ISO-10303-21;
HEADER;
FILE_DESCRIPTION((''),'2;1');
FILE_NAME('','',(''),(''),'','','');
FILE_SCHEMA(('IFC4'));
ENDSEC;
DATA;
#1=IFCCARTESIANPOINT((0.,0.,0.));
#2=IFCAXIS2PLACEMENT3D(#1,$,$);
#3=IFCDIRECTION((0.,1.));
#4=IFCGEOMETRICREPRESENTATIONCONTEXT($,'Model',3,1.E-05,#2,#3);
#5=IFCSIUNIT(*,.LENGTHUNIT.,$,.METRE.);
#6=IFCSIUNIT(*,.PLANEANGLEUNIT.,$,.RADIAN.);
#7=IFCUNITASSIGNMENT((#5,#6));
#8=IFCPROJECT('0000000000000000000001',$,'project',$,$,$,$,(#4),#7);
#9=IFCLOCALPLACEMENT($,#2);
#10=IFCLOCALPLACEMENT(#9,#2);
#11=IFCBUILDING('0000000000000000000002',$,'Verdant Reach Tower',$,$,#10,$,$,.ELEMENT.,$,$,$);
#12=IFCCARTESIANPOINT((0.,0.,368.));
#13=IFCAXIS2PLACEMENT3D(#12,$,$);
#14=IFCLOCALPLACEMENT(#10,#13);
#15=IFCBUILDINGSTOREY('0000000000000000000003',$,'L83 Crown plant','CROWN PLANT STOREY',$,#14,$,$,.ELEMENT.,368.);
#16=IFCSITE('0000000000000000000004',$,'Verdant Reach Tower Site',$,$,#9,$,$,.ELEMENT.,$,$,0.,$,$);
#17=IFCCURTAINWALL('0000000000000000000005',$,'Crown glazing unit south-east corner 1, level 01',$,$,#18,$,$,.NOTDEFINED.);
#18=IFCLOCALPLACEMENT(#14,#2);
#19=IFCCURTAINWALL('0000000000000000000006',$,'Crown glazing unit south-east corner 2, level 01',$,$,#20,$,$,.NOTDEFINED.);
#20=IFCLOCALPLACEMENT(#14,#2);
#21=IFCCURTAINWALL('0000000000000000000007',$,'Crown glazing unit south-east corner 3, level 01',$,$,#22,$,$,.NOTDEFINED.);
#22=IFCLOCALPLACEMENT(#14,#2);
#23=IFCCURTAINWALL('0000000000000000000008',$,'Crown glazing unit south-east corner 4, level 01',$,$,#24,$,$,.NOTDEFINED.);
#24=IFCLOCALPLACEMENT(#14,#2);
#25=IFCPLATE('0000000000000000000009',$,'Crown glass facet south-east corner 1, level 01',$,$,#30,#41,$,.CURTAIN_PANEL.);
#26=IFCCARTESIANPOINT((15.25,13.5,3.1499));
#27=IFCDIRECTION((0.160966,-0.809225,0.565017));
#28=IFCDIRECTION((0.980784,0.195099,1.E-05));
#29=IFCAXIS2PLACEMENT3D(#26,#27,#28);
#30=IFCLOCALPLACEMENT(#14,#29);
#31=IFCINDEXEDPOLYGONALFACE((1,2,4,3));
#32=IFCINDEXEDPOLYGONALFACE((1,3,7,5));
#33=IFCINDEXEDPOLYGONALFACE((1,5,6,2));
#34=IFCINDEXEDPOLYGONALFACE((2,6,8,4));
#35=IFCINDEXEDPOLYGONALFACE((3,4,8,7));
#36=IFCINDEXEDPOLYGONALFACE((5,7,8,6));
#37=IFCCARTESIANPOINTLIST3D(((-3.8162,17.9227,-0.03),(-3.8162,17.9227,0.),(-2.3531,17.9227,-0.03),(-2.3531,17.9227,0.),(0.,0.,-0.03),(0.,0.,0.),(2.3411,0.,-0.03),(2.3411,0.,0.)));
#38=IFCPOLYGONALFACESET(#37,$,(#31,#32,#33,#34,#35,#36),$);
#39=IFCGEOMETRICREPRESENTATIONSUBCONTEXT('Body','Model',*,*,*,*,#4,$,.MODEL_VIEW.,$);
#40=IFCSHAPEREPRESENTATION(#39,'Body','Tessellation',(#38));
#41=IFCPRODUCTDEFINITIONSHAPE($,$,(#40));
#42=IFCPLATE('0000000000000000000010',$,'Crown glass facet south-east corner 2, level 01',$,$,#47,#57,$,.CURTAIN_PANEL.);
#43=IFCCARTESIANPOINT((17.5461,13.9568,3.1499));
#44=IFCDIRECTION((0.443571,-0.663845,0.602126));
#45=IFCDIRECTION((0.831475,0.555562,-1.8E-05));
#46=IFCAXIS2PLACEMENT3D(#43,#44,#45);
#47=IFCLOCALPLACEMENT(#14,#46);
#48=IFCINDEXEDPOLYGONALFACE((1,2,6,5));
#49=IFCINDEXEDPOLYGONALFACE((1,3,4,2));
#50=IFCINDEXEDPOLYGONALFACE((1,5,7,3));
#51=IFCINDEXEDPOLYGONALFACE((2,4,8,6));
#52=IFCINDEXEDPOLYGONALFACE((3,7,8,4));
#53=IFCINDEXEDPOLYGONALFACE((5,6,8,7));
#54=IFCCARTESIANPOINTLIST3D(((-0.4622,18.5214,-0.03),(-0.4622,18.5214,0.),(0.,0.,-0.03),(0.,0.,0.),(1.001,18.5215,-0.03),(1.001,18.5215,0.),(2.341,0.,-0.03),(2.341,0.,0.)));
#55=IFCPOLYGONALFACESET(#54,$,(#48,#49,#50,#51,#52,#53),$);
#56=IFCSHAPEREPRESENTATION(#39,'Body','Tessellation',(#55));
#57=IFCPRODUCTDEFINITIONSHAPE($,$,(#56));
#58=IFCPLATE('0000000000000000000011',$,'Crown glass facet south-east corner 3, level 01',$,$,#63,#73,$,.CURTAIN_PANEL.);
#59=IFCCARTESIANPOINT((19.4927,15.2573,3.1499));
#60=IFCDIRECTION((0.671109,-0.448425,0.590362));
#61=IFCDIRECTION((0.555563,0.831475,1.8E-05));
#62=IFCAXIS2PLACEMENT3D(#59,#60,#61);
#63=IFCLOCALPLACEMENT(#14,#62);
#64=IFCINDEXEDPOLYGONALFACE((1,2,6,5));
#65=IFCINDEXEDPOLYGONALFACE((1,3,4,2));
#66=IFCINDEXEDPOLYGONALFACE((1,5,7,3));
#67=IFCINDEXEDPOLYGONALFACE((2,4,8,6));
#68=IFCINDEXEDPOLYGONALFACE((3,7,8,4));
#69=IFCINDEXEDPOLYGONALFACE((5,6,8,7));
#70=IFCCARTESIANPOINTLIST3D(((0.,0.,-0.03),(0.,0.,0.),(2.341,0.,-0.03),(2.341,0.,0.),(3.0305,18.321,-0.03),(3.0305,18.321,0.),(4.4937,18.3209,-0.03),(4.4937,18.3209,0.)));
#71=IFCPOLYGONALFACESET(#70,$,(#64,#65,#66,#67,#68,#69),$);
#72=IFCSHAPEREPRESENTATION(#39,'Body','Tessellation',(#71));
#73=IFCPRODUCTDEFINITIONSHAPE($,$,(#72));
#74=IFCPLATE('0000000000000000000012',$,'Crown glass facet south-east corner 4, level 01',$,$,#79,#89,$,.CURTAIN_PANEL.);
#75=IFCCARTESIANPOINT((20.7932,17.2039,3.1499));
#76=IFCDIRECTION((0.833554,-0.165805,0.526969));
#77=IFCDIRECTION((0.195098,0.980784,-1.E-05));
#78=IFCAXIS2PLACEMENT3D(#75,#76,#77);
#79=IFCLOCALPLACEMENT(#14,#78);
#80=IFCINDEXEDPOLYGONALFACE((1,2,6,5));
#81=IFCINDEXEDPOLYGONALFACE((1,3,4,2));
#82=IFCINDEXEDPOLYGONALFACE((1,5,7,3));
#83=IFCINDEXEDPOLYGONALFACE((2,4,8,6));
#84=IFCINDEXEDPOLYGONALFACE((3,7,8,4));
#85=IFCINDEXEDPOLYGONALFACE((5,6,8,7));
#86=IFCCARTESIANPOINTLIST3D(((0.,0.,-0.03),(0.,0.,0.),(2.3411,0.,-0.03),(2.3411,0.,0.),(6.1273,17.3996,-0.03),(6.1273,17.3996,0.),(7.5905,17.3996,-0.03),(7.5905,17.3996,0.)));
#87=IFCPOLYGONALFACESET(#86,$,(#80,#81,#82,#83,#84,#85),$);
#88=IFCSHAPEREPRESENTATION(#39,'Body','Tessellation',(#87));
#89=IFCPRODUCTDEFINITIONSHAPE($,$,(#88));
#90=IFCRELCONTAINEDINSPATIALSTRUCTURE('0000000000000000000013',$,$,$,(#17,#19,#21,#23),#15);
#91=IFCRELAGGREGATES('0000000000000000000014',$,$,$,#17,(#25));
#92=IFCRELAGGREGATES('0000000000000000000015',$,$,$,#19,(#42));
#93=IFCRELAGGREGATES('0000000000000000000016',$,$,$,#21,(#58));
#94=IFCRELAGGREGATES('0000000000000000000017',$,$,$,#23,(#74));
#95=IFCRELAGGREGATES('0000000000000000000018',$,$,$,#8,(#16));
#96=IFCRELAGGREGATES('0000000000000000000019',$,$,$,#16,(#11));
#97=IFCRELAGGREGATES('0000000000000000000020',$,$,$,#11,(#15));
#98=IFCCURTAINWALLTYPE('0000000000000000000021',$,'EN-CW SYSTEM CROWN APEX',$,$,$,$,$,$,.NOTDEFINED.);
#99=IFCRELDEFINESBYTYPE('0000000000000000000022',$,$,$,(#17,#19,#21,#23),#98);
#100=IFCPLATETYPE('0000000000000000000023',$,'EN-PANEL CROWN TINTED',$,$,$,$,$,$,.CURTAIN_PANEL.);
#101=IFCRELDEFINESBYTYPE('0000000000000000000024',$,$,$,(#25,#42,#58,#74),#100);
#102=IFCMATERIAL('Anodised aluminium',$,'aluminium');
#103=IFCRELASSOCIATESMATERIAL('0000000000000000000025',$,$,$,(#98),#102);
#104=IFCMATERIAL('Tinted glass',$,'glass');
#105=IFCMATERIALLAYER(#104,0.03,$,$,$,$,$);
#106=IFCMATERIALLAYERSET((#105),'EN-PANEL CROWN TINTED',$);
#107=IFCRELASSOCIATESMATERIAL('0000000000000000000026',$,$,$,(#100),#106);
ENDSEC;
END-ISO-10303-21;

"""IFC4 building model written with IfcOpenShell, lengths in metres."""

from ifc_helpers import new_model, si_unit, direction, frame, origin, place, context, subcontext, project, spatial, polyline, outline, extrude, material, layer, layer_set, type_object, element, aggregate, save


model = new_model("IFC4")

# Units and contexts
model_context = context("Model", 3, precision=1e-05, world=origin(), true_north=direction((0.0, 1.0)))
body_context = subcontext(model_context, "Body", "Model", "MODEL_VIEW")
ifc_project = project(units=[si_unit("LENGTHUNIT", "METRE"), si_unit("PLANEANGLEUNIT", "RADIAN")], contexts=[model_context])

# Site, building, storey
site_placement = place(None, origin())
site = spatial("IfcSite", under=ifc_project, at=site_placement, Name="Verdant Reach Tower Site", CompositionType="ELEMENT", RefElevation=0.0)
building_placement = place(site_placement, origin())
building = spatial("IfcBuilding", under=site, at=building_placement, Name="Verdant Reach Tower", CompositionType="ELEMENT")
storey_placement = place(building_placement, frame((0.0, 0.0, 368.0)))
storey = spatial("IfcBuildingStorey", under=building, at=storey_placement, Name="L83 Crown plant", Description="CROWN PLANT STOREY", CompositionType="ELEMENT", Elevation=368.0)

# Curtain walls
ifc_material_1 = material(Name="Anodised aluminium", Category="aluminium")
curtain_wall_type = type_object("IfcCurtainWallType", Name="EN-CW SYSTEM CROWN APEX", PredefinedType="NOTDEFINED", material=ifc_material_1)
curtain_wall_1_placement = place(storey_placement, origin())
curtain_wall_1 = element("IfcCurtainWall", 1, at=curtain_wall_1_placement, inside=storey, type_object=curtain_wall_type, Name="Crown glazing unit south-east corner 1, level 01", PredefinedType="NOTDEFINED")
curtain_wall_2_placement = place(storey_placement, origin())
curtain_wall_2 = element("IfcCurtainWall", 2, at=curtain_wall_2_placement, inside=storey, type_object=curtain_wall_type, Name="Crown glazing unit south-east corner 2, level 01", PredefinedType="NOTDEFINED")
curtain_wall_3_placement = place(storey_placement, origin())
curtain_wall_3 = element("IfcCurtainWall", 3, at=curtain_wall_3_placement, inside=storey, type_object=curtain_wall_type, Name="Crown glazing unit south-east corner 3, level 01", PredefinedType="NOTDEFINED")
curtain_wall_4_placement = place(storey_placement, origin())
curtain_wall_4 = element("IfcCurtainWall", 4, at=curtain_wall_4_placement, inside=storey, type_object=curtain_wall_type, Name="Crown glazing unit south-east corner 4, level 01", PredefinedType="NOTDEFINED")

# Plates
ifc_material_2 = material(Name="Tinted glass", Category="glass")
ifc_layer_1 = layer(ifc_material_2, 0.03)
ifc_layer_set_1 = layer_set([ifc_layer_1], Name="EN-PANEL CROWN TINTED")
plate_type = type_object("IfcPlateType", Name="EN-PANEL CROWN TINTED", PredefinedType="CURTAIN_PANEL", material=ifc_layer_set_1)
plate_1_placement = place(storey_placement, frame((15.25, 13.5, 3.1499), z_axis=(0.160966, -0.809225, 0.565017), x_axis=(0.980784, 0.195099, 0.00001)))
plate_1 = element("IfcPlate", 5, at=plate_1_placement, type_object=plate_type, Name="Crown glass facet south-east corner 1, level 01", PredefinedType="CURTAIN_PANEL", context=body_context, shape_type="SweptSolid", body=[
    extrude(outline(polyline([(0.0, 0.0), (2.3411, 0.0), (-2.3531, 17.9227), (-3.8162, 17.9227), (0.0, 0.0)])), origin(), (0.0, 0.0, -1.0), 0.03),
])
aggregate(curtain_wall_1, [plate_1])
plate_2_placement = place(storey_placement, frame((17.5461, 13.9568, 3.1499), z_axis=(0.443571, -0.663845, 0.602126), x_axis=(0.831475, 0.555562, -0.000018)))
plate_2 = element("IfcPlate", 6, at=plate_2_placement, type_object=plate_type, Name="Crown glass facet south-east corner 2, level 01", PredefinedType="CURTAIN_PANEL", context=body_context, shape_type="SweptSolid", body=[
    extrude(outline(polyline([(0.0, 0.0), (2.341, 0.0), (1.001, 18.5215), (-0.4622, 18.5214), (0.0, 0.0)])), origin(), (0.0, 0.0, -1.0), 0.03),
])
aggregate(curtain_wall_2, [plate_2])
plate_3_placement = place(storey_placement, frame((19.4927, 15.2573, 3.1499), z_axis=(0.671109, -0.448425, 0.590362), x_axis=(0.555563, 0.831475, 0.000018)))
plate_3 = element("IfcPlate", 7, at=plate_3_placement, type_object=plate_type, Name="Crown glass facet south-east corner 3, level 01", PredefinedType="CURTAIN_PANEL", context=body_context, shape_type="SweptSolid", body=[
    extrude(outline(polyline([(0.0, 0.0), (2.341, 0.0), (4.4937, 18.3209), (3.0305, 18.321), (0.0, 0.0)])), origin(), (0.0, 0.0, -1.0), 0.03),
])
aggregate(curtain_wall_3, [plate_3])
plate_4_placement = place(storey_placement, frame((20.7932, 17.2039, 3.1499), z_axis=(0.833554, -0.165805, 0.526969), x_axis=(0.195098, 0.980784, -0.00001)))
plate_4 = element("IfcPlate", 8, at=plate_4_placement, type_object=plate_type, Name="Crown glass facet south-east corner 4, level 01", PredefinedType="CURTAIN_PANEL", context=body_context, shape_type="SweptSolid", body=[
    extrude(outline(polyline([(0.0, 0.0), (2.3411, 0.0), (7.5905, 17.3996), (6.1273, 17.3996), (0.0, 0.0)])), origin(), (0.0, 0.0, -1.0), 0.03),
])
aggregate(curtain_wall_4, [plate_4])

save(model, "model.ifc")
